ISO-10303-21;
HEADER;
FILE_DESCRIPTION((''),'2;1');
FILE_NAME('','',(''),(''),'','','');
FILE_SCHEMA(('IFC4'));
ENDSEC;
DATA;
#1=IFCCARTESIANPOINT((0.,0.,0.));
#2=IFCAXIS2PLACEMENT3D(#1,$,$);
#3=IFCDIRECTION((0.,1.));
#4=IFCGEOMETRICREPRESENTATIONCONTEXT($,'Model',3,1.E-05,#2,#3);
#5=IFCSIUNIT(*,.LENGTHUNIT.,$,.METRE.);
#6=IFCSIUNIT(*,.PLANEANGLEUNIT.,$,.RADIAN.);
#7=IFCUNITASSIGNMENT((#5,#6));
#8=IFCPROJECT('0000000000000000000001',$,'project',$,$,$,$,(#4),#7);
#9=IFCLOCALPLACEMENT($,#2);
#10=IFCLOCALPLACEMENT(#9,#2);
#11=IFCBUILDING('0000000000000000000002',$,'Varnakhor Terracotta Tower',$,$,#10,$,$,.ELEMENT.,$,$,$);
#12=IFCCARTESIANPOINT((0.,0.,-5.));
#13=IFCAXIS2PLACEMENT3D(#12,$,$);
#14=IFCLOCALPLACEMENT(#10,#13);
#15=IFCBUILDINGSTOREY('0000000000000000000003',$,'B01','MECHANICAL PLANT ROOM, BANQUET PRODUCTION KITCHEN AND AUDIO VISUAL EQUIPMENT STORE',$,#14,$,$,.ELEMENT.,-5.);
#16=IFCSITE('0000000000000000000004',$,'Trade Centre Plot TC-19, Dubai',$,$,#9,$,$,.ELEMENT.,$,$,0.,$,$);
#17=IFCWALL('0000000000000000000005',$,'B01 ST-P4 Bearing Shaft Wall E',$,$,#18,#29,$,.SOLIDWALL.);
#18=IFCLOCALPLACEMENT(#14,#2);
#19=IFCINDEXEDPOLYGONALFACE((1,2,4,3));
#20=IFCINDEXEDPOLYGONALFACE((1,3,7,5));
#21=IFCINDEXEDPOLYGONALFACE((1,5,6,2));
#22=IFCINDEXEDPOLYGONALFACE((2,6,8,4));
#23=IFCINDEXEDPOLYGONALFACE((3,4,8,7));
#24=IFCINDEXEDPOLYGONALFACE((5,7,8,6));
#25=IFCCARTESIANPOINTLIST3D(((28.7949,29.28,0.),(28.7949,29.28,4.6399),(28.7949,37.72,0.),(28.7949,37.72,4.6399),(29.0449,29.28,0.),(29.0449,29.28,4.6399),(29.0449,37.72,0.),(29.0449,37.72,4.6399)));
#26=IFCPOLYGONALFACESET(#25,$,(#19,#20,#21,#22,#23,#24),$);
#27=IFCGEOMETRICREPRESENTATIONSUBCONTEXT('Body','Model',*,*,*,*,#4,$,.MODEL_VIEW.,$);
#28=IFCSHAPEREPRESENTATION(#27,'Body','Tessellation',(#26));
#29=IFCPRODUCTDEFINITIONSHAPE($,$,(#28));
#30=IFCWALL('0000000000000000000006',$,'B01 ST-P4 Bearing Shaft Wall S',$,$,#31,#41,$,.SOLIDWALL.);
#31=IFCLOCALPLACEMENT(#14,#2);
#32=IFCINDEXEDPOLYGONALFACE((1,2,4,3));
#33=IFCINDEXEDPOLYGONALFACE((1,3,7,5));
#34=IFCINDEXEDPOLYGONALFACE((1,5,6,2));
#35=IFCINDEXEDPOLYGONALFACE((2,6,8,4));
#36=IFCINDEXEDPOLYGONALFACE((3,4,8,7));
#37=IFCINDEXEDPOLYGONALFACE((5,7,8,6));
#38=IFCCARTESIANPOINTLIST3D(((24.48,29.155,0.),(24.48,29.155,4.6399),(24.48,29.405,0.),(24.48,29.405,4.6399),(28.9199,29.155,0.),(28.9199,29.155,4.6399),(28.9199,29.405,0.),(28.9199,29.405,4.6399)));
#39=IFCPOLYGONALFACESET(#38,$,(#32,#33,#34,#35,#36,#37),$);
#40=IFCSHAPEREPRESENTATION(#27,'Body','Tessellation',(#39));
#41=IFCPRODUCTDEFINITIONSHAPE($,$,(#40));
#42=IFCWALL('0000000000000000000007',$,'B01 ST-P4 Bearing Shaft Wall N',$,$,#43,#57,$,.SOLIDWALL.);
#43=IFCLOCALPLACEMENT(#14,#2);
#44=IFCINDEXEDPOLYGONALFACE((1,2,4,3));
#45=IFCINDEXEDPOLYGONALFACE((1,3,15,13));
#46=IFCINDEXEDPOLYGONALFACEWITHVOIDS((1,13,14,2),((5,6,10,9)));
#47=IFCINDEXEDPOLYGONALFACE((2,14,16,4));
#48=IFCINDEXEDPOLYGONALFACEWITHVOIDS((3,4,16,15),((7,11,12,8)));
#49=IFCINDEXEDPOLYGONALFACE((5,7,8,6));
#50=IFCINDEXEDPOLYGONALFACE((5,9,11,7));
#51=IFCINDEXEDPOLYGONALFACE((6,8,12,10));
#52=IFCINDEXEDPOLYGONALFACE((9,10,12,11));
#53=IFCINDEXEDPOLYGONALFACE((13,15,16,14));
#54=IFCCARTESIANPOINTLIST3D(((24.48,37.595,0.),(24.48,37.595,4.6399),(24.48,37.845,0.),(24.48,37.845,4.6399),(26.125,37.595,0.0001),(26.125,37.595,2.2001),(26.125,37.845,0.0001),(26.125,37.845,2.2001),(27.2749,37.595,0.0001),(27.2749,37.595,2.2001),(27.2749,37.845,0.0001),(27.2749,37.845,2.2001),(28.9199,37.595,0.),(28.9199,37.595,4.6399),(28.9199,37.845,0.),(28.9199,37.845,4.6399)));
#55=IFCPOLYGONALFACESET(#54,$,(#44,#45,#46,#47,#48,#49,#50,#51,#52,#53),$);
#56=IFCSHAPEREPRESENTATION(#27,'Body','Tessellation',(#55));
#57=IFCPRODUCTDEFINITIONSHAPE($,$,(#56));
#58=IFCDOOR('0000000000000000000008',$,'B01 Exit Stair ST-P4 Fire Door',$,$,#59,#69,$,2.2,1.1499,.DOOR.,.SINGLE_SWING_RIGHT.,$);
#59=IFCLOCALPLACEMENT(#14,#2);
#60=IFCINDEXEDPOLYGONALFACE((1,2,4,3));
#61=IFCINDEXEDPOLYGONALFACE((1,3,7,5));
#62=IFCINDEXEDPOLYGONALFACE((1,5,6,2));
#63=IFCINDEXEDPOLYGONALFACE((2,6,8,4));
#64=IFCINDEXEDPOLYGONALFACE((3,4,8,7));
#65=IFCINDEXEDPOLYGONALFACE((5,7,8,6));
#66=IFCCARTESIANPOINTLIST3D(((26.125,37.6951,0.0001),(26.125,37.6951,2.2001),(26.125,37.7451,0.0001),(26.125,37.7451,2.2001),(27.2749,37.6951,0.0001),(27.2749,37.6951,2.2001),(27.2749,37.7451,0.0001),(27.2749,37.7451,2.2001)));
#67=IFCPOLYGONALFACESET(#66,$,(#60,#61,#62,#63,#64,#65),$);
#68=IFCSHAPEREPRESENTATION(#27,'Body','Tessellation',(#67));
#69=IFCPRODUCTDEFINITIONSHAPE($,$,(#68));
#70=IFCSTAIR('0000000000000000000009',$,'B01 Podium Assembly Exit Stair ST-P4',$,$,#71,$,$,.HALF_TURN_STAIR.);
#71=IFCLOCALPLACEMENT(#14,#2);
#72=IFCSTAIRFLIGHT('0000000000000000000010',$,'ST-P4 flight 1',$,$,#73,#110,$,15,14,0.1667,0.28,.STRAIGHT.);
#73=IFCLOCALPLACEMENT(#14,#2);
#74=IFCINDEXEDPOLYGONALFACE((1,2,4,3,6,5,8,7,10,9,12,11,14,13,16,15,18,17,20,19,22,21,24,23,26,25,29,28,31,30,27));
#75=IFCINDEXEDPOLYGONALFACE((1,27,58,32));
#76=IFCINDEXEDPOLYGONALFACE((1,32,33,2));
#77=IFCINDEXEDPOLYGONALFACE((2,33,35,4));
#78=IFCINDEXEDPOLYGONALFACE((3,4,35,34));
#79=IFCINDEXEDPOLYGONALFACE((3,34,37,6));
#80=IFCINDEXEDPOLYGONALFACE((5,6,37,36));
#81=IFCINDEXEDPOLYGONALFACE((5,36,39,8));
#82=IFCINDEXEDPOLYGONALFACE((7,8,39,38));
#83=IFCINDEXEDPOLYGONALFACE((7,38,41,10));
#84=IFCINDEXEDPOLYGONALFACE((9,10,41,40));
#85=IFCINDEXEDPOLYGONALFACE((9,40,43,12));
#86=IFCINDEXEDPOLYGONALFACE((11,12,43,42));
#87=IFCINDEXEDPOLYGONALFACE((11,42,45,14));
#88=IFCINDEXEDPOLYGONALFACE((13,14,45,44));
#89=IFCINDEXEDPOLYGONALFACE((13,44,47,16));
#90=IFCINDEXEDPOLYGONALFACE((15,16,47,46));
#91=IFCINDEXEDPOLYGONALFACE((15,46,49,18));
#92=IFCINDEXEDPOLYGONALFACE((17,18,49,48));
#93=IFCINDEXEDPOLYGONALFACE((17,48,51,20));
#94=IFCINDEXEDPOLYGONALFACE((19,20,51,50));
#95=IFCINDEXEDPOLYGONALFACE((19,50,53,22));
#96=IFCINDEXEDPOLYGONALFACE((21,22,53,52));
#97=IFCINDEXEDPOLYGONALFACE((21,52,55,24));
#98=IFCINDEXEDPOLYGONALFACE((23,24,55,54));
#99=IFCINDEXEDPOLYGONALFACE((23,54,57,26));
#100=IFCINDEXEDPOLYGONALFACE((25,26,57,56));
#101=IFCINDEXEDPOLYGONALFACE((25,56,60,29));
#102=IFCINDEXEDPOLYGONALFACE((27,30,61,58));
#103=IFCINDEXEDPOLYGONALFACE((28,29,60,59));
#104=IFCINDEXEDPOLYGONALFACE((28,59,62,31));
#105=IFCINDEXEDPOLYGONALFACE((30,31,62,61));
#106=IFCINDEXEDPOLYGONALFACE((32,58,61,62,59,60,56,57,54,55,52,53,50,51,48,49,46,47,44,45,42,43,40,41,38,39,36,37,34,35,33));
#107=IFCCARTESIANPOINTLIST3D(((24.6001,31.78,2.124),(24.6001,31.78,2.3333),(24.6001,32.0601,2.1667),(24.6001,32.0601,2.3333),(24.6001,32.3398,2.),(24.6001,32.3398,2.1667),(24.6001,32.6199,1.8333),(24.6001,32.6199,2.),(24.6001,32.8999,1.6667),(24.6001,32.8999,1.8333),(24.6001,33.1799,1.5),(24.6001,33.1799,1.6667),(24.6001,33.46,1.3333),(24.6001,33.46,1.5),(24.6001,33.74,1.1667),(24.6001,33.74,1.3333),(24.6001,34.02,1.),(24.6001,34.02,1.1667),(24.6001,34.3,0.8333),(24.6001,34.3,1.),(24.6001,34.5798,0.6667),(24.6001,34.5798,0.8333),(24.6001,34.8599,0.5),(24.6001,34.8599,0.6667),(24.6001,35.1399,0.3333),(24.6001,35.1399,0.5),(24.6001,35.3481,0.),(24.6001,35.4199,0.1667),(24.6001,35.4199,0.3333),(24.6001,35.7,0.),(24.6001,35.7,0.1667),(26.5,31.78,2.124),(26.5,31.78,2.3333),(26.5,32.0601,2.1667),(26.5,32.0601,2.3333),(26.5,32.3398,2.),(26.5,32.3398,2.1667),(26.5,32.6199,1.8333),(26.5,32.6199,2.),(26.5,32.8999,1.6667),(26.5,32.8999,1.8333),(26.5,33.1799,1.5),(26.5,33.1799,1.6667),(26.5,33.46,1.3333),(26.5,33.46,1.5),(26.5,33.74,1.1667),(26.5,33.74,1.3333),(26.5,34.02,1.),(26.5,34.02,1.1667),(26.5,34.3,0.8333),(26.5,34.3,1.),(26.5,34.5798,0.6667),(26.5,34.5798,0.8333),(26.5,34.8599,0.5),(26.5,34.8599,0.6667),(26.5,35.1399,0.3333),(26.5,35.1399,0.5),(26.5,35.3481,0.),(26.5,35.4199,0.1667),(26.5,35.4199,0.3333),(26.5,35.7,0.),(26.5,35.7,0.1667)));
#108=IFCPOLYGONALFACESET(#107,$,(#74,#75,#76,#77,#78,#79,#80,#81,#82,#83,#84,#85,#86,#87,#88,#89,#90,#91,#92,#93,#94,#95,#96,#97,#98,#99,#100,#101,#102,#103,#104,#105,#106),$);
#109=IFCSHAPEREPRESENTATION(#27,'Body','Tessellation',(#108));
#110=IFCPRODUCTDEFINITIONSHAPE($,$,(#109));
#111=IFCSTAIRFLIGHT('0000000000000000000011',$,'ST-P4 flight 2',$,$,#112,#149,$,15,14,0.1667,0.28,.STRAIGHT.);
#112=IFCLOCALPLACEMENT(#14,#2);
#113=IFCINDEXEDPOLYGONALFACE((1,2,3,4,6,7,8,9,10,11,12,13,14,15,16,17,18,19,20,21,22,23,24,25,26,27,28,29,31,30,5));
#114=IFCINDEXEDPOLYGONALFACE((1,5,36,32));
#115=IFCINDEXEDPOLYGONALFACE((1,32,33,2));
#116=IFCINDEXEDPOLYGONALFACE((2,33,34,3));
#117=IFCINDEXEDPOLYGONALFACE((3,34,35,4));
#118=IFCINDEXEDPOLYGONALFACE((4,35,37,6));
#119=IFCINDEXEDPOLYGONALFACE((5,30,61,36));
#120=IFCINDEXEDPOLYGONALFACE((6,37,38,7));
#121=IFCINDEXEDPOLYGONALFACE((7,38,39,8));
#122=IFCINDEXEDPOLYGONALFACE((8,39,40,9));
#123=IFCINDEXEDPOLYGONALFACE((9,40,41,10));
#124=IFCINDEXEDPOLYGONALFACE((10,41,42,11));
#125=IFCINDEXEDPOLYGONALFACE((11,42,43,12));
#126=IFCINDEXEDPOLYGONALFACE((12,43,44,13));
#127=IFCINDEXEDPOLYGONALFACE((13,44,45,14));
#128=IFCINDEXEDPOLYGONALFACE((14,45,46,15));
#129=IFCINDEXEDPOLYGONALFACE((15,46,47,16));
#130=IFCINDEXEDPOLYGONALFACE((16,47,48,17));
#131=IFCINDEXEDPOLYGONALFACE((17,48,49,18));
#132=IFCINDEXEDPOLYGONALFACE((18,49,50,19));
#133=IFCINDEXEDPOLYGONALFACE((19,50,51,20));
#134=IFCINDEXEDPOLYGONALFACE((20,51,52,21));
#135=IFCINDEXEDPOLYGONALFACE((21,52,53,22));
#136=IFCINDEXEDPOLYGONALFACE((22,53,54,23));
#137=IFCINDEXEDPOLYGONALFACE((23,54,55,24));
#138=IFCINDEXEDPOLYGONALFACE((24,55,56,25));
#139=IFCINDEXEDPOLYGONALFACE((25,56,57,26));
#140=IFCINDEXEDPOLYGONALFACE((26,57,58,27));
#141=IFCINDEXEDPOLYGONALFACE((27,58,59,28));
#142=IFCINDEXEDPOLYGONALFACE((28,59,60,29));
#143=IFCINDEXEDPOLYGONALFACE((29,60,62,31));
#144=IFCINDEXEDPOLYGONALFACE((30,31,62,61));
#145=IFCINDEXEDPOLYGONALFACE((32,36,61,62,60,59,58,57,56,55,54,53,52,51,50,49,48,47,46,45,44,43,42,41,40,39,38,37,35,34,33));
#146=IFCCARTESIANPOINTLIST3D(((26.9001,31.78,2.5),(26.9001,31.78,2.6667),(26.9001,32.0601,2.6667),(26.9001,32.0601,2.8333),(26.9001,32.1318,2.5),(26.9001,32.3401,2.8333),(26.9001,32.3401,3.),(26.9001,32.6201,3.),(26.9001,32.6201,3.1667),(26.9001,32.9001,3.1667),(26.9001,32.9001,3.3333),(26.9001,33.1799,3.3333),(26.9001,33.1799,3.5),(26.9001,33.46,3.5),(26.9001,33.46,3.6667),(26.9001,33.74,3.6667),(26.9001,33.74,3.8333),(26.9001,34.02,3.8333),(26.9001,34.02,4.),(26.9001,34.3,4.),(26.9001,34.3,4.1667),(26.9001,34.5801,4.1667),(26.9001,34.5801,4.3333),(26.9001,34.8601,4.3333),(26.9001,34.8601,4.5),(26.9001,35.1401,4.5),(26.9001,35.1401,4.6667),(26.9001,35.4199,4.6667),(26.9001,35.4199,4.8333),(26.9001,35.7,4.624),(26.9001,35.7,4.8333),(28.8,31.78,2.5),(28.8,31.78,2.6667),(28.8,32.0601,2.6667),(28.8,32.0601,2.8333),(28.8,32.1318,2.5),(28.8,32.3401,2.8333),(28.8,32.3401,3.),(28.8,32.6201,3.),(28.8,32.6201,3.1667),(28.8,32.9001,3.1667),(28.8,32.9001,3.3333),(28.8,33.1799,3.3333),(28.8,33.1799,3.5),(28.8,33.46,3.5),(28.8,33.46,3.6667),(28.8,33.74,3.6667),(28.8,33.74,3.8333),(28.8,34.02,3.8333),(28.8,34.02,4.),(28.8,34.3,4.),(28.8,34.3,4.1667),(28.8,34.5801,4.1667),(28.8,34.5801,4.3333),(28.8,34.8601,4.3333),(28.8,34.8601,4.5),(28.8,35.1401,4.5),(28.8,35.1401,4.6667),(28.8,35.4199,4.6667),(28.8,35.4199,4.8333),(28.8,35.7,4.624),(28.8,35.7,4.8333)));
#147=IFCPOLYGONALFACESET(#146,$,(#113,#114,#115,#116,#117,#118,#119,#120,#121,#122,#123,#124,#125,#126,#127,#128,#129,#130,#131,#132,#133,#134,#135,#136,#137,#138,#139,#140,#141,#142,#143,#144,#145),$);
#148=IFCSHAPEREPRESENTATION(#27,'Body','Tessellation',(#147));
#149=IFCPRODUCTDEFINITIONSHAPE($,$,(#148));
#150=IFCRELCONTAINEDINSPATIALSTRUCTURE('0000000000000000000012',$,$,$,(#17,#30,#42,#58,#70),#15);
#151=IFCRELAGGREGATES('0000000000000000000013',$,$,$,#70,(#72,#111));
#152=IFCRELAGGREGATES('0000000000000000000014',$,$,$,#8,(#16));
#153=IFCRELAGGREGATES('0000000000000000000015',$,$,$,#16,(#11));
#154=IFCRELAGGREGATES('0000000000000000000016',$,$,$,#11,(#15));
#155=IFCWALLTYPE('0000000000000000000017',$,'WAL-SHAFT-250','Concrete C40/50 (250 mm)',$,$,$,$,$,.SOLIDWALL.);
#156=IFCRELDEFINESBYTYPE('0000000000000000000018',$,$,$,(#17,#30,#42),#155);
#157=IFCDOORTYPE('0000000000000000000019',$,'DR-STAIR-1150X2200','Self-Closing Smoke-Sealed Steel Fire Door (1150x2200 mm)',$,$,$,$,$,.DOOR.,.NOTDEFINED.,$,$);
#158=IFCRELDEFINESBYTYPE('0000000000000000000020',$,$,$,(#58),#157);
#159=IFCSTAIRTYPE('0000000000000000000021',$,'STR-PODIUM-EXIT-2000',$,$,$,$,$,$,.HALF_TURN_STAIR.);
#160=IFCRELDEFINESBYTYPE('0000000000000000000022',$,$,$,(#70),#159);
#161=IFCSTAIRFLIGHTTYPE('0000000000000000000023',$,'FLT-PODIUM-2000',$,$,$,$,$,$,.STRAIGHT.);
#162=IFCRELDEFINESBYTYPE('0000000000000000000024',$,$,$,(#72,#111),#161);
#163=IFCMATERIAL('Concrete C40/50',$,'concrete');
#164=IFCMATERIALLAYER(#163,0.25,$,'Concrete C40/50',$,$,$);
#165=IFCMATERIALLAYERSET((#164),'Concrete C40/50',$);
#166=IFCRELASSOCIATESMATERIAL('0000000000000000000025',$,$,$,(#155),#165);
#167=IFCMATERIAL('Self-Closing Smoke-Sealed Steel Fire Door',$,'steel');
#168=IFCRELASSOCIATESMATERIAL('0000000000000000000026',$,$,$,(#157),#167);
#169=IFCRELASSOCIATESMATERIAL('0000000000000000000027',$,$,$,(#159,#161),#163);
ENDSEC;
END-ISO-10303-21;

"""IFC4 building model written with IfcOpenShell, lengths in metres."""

from ifc_helpers import new_model, si_unit, direction, frame, frame_2d, origin, place, context, subcontext, project, spatial, polyline, rectangle, outline, extrude, source, transform, mapped, material, layer, layer_set, type_object, type_shapes, element, fill, aggregate, save


model = new_model("IFC4")

# Units and contexts
model_context = context("Model", 3, precision=1e-05, world=origin(), true_north=direction((0.0, 1.0)))
body_context = subcontext(model_context, "Body", "Model", "MODEL_VIEW")
ifc_project = project(units=[si_unit("LENGTHUNIT", "METRE"), si_unit("PLANEANGLEUNIT", "RADIAN")], contexts=[model_context])

# Site, building, storey
site_placement = place(None, origin())
site = spatial("IfcSite", under=ifc_project, at=site_placement, Name="Trade Centre Plot TC-19, Dubai", CompositionType="ELEMENT", RefElevation=0.0)
building_placement = place(site_placement, origin())
building = spatial("IfcBuilding", under=site, at=building_placement, Name="Varnakhor Terracotta Tower", CompositionType="ELEMENT")
storey_placement = place(building_placement, frame((0.0, 0.0, -5.0)))
storey = spatial("IfcBuildingStorey", under=building, at=storey_placement, Name="B01", Description="MECHANICAL PLANT ROOM, BANQUET PRODUCTION KITCHEN AND AUDIO VISUAL EQUIPMENT STORE", CompositionType="ELEMENT", Elevation=-5.0)

# Walls
ifc_material_1 = material(Name="Concrete C40/50", Category="concrete")
ifc_layer_1 = layer(ifc_material_1, 0.25, Name="Concrete C40/50")
ifc_layer_set_1 = layer_set([ifc_layer_1], Name="Concrete C40/50")
wall_type_1 = type_object("IfcWallType", Name="WAL-SHAFT-250", Description="Concrete C40/50 (250 mm)", PredefinedType="SOLIDWALL", material=ifc_layer_set_1)
for number, where, z_axis, x_axis, name in (
    (1, (28.9199, 29.28, 0.0), (0.0, 0.0, 1.0), (0.0, 1.0, 0.0), "B01 ST-P4 Bearing Shaft Wall E"),
):
    element("IfcWall", number, at=place(storey_placement, frame(where, z_axis=z_axis, x_axis=x_axis)), inside=storey, type_object=wall_type_1, Name=name, PredefinedType="SOLIDWALL", context=body_context, shape_type="SweptSolid", body=[
        extrude(rectangle(XDim=8.4399, YDim=0.25, at=frame_2d((4.22, 0.0))), origin(), (0.0, 0.0, 1.0), 4.6399),
    ])
wall_1_placement = place(storey_placement, frame((24.48, 29.28, 0.0), z_axis=(0.0, 0.0, 1.0), x_axis=(1.0, 0.0, 0.0)))
element("IfcWall", 2, at=wall_1_placement, inside=storey, type_object=wall_type_1, Name="B01 ST-P4 Bearing Shaft Wall S", PredefinedType="SOLIDWALL", context=body_context, shape_type="SweptSolid", body=[
    extrude(rectangle(XDim=4.4399, YDim=0.25, at=frame_2d((2.22, 0.0))), origin(), (0.0, 0.0, 1.0), 4.6399),
])

# Wall, opening, door
wall_2_placement = place(storey_placement, frame((28.9199, 37.72, 0.0), z_axis=(0.0, 0.0, 1.0), x_axis=(-1.0, 0.0, 0.0)))
wall_2 = element("IfcWall", 3, at=wall_2_placement, inside=storey, type_object=wall_type_1, Name="B01 ST-P4 Bearing Shaft Wall N", PredefinedType="SOLIDWALL", context=body_context, shape_type="SweptSolid", body=[
    extrude(rectangle(XDim=4.4399, YDim=0.25, at=frame_2d((2.22, 0.0))), origin(), (0.0, 0.0, 1.0), 4.6399),
])
opening_placement = place(wall_2_placement, frame((1.645, 0.0, 0.0)))
opening = element("IfcOpeningElement", 4, at=opening_placement, cuts=wall_2, PredefinedType="OPENING", context=body_context, shape_type="SweptSolid", body=[
    extrude(rectangle(XDim=1.1499, YDim=2.2, at=frame_2d((0.575, 1.1001))), frame((0.0, 0.135, 0.0), z_axis=(0.0, -1.0, 0.0), x_axis=(1.0, 0.0, 0.0)), (0.0, 0.0, 1.0), 0.27),
])
ifc_material_2 = material(Name="Self-Closing Smoke-Sealed Steel Fire Door", Category="steel")
door_type = type_object("IfcDoorType", Name="DR-STAIR-1150X2200", Description="Self-Closing Smoke-Sealed Steel Fire Door (1150x2200 mm)", OperationType="NOTDEFINED", PredefinedType="DOOR", material=ifc_material_2)
shared_shape_1 = source(origin(), body_context, "Body", "SweptSolid", [
    extrude(rectangle(XDim=1.1499, YDim=2.2, at=frame_2d((0.575, 1.1001))), frame((0.0, 0.0249, 0.0), z_axis=(0.0, -1.0, 0.0), x_axis=(1.0, 0.0, 0.0)), (0.0, 0.0, 1.0), 0.05),
])
type_shapes(door_type, [shared_shape_1])
door_placement = place(opening_placement, origin())
door = element("IfcDoor", 5, at=door_placement, inside=storey, type_object=door_type, Name="B01 Exit Stair ST-P4 Fire Door", OperationType="SINGLE_SWING_RIGHT", OverallHeight=2.2, OverallWidth=1.1499, PredefinedType="DOOR", context=body_context, shape_type="MappedRepresentation", body=[
    mapped(shared_shape_1, transform((0.0, 0.0, 0.0), scale=1.0)),
])
fill(opening, door)

# Stair, stair flights
stair_type = type_object("IfcStairType", Name="STR-PODIUM-EXIT-2000", PredefinedType="HALF_TURN_STAIR", material=ifc_material_1)
stair_placement = place(storey_placement, origin())
stair = element("IfcStair", 6, at=stair_placement, inside=storey, type_object=stair_type, Name="B01 Podium Assembly Exit Stair ST-P4", PredefinedType="HALF_TURN_STAIR")
stair_flight_type = type_object("IfcStairFlightType", Name="FLT-PODIUM-2000", PredefinedType="STRAIGHT", material=ifc_material_1)
stair_flight_1_placement = place(storey_placement, frame((25.55, 35.7, 0.0), z_axis=(0.0, 0.0, 1.0), x_axis=(0.0, -1.0, 0.0)))
stair_flight_1 = element("IfcStairFlight", 7, at=stair_flight_1_placement, type_object=stair_flight_type, Name="ST-P4 flight 1", NumberOfRisers=15, NumberOfTreads=14, PredefinedType="STRAIGHT", RiserHeight=0.1667, TreadLength=0.28, context=body_context, shape_type="SweptSolid", body=[
    extrude(outline(polyline([(0.0, 0.0), (0.0, 0.1667), (0.28, 0.1667), (0.28, 0.3333), (0.5601, 0.3333), (0.5601, 0.5), (0.8401, 0.5), (0.8401, 0.6667), (1.1201, 0.6667), (1.1201, 0.8333), (1.3999, 0.8333), (1.3999, 1.0), (1.6799, 1.0), (1.6799, 1.1667), (1.96, 1.1667), (1.96, 1.3333), (2.24, 1.3333), (2.24, 1.5), (2.52, 1.5), (2.52, 1.6667), (2.8, 1.6667), (2.8, 1.8333), (3.0801, 1.8333), (3.0801, 2.0), (3.3601, 2.0), (3.3601, 2.1667), (3.6399, 2.1667), (3.6399, 2.3333), (3.9199, 2.3333), (3.9199, 2.5), (3.9199, 2.124), (0.3518, 0.0), (0.0, 0.0)])), frame((0.0, 0.95, 0.0), z_axis=(0.0, -1.0, 0.0), x_axis=(1.0, 0.0, 0.0)), (0.0, 0.0, 1.0), 1.8999),
])
stair_flight_2_placement = place(storey_placement, frame((27.8501, 31.78, 2.5), z_axis=(0.0, 0.0, 1.0), x_axis=(0.0, 1.0, 0.0)))
stair_flight_2 = element("IfcStairFlight", 8, at=stair_flight_2_placement, type_object=stair_flight_type, Name="ST-P4 flight 2", NumberOfRisers=15, NumberOfTreads=14, PredefinedType="STRAIGHT", RiserHeight=0.1667, TreadLength=0.28, context=body_context, shape_type="SweptSolid", body=[
    extrude(outline(polyline([(0.0, 0.0), (0.0, 0.1667), (0.28, 0.1667), (0.28, 0.3333), (0.5601, 0.3333), (0.5601, 0.5), (0.8401, 0.5), (0.8401, 0.6667), (1.1201, 0.6667), (1.1201, 0.8333), (1.3999, 0.8333), (1.3999, 1.0), (1.6799, 1.0), (1.6799, 1.1667), (1.96, 1.1667), (1.96, 1.3333), (2.24, 1.3333), (2.24, 1.5), (2.52, 1.5), (2.52, 1.6667), (2.8, 1.6667), (2.8, 1.8333), (3.0801, 1.8333), (3.0801, 2.0), (3.3601, 2.0), (3.3601, 2.1667), (3.6399, 2.1667), (3.6399, 2.3333), (3.9199, 2.3333), (3.9199, 2.5), (3.9199, 2.124), (0.3518, 0.0), (0.0, 0.0)])), frame((0.0, 0.95, 0.0), z_axis=(0.0, -1.0, 0.0), x_axis=(1.0, 0.0, 0.0)), (0.0, 0.0, 1.0), 1.8999),
])
aggregate(stair, [stair_flight_1, stair_flight_2])

save(model, "model.ifc")
